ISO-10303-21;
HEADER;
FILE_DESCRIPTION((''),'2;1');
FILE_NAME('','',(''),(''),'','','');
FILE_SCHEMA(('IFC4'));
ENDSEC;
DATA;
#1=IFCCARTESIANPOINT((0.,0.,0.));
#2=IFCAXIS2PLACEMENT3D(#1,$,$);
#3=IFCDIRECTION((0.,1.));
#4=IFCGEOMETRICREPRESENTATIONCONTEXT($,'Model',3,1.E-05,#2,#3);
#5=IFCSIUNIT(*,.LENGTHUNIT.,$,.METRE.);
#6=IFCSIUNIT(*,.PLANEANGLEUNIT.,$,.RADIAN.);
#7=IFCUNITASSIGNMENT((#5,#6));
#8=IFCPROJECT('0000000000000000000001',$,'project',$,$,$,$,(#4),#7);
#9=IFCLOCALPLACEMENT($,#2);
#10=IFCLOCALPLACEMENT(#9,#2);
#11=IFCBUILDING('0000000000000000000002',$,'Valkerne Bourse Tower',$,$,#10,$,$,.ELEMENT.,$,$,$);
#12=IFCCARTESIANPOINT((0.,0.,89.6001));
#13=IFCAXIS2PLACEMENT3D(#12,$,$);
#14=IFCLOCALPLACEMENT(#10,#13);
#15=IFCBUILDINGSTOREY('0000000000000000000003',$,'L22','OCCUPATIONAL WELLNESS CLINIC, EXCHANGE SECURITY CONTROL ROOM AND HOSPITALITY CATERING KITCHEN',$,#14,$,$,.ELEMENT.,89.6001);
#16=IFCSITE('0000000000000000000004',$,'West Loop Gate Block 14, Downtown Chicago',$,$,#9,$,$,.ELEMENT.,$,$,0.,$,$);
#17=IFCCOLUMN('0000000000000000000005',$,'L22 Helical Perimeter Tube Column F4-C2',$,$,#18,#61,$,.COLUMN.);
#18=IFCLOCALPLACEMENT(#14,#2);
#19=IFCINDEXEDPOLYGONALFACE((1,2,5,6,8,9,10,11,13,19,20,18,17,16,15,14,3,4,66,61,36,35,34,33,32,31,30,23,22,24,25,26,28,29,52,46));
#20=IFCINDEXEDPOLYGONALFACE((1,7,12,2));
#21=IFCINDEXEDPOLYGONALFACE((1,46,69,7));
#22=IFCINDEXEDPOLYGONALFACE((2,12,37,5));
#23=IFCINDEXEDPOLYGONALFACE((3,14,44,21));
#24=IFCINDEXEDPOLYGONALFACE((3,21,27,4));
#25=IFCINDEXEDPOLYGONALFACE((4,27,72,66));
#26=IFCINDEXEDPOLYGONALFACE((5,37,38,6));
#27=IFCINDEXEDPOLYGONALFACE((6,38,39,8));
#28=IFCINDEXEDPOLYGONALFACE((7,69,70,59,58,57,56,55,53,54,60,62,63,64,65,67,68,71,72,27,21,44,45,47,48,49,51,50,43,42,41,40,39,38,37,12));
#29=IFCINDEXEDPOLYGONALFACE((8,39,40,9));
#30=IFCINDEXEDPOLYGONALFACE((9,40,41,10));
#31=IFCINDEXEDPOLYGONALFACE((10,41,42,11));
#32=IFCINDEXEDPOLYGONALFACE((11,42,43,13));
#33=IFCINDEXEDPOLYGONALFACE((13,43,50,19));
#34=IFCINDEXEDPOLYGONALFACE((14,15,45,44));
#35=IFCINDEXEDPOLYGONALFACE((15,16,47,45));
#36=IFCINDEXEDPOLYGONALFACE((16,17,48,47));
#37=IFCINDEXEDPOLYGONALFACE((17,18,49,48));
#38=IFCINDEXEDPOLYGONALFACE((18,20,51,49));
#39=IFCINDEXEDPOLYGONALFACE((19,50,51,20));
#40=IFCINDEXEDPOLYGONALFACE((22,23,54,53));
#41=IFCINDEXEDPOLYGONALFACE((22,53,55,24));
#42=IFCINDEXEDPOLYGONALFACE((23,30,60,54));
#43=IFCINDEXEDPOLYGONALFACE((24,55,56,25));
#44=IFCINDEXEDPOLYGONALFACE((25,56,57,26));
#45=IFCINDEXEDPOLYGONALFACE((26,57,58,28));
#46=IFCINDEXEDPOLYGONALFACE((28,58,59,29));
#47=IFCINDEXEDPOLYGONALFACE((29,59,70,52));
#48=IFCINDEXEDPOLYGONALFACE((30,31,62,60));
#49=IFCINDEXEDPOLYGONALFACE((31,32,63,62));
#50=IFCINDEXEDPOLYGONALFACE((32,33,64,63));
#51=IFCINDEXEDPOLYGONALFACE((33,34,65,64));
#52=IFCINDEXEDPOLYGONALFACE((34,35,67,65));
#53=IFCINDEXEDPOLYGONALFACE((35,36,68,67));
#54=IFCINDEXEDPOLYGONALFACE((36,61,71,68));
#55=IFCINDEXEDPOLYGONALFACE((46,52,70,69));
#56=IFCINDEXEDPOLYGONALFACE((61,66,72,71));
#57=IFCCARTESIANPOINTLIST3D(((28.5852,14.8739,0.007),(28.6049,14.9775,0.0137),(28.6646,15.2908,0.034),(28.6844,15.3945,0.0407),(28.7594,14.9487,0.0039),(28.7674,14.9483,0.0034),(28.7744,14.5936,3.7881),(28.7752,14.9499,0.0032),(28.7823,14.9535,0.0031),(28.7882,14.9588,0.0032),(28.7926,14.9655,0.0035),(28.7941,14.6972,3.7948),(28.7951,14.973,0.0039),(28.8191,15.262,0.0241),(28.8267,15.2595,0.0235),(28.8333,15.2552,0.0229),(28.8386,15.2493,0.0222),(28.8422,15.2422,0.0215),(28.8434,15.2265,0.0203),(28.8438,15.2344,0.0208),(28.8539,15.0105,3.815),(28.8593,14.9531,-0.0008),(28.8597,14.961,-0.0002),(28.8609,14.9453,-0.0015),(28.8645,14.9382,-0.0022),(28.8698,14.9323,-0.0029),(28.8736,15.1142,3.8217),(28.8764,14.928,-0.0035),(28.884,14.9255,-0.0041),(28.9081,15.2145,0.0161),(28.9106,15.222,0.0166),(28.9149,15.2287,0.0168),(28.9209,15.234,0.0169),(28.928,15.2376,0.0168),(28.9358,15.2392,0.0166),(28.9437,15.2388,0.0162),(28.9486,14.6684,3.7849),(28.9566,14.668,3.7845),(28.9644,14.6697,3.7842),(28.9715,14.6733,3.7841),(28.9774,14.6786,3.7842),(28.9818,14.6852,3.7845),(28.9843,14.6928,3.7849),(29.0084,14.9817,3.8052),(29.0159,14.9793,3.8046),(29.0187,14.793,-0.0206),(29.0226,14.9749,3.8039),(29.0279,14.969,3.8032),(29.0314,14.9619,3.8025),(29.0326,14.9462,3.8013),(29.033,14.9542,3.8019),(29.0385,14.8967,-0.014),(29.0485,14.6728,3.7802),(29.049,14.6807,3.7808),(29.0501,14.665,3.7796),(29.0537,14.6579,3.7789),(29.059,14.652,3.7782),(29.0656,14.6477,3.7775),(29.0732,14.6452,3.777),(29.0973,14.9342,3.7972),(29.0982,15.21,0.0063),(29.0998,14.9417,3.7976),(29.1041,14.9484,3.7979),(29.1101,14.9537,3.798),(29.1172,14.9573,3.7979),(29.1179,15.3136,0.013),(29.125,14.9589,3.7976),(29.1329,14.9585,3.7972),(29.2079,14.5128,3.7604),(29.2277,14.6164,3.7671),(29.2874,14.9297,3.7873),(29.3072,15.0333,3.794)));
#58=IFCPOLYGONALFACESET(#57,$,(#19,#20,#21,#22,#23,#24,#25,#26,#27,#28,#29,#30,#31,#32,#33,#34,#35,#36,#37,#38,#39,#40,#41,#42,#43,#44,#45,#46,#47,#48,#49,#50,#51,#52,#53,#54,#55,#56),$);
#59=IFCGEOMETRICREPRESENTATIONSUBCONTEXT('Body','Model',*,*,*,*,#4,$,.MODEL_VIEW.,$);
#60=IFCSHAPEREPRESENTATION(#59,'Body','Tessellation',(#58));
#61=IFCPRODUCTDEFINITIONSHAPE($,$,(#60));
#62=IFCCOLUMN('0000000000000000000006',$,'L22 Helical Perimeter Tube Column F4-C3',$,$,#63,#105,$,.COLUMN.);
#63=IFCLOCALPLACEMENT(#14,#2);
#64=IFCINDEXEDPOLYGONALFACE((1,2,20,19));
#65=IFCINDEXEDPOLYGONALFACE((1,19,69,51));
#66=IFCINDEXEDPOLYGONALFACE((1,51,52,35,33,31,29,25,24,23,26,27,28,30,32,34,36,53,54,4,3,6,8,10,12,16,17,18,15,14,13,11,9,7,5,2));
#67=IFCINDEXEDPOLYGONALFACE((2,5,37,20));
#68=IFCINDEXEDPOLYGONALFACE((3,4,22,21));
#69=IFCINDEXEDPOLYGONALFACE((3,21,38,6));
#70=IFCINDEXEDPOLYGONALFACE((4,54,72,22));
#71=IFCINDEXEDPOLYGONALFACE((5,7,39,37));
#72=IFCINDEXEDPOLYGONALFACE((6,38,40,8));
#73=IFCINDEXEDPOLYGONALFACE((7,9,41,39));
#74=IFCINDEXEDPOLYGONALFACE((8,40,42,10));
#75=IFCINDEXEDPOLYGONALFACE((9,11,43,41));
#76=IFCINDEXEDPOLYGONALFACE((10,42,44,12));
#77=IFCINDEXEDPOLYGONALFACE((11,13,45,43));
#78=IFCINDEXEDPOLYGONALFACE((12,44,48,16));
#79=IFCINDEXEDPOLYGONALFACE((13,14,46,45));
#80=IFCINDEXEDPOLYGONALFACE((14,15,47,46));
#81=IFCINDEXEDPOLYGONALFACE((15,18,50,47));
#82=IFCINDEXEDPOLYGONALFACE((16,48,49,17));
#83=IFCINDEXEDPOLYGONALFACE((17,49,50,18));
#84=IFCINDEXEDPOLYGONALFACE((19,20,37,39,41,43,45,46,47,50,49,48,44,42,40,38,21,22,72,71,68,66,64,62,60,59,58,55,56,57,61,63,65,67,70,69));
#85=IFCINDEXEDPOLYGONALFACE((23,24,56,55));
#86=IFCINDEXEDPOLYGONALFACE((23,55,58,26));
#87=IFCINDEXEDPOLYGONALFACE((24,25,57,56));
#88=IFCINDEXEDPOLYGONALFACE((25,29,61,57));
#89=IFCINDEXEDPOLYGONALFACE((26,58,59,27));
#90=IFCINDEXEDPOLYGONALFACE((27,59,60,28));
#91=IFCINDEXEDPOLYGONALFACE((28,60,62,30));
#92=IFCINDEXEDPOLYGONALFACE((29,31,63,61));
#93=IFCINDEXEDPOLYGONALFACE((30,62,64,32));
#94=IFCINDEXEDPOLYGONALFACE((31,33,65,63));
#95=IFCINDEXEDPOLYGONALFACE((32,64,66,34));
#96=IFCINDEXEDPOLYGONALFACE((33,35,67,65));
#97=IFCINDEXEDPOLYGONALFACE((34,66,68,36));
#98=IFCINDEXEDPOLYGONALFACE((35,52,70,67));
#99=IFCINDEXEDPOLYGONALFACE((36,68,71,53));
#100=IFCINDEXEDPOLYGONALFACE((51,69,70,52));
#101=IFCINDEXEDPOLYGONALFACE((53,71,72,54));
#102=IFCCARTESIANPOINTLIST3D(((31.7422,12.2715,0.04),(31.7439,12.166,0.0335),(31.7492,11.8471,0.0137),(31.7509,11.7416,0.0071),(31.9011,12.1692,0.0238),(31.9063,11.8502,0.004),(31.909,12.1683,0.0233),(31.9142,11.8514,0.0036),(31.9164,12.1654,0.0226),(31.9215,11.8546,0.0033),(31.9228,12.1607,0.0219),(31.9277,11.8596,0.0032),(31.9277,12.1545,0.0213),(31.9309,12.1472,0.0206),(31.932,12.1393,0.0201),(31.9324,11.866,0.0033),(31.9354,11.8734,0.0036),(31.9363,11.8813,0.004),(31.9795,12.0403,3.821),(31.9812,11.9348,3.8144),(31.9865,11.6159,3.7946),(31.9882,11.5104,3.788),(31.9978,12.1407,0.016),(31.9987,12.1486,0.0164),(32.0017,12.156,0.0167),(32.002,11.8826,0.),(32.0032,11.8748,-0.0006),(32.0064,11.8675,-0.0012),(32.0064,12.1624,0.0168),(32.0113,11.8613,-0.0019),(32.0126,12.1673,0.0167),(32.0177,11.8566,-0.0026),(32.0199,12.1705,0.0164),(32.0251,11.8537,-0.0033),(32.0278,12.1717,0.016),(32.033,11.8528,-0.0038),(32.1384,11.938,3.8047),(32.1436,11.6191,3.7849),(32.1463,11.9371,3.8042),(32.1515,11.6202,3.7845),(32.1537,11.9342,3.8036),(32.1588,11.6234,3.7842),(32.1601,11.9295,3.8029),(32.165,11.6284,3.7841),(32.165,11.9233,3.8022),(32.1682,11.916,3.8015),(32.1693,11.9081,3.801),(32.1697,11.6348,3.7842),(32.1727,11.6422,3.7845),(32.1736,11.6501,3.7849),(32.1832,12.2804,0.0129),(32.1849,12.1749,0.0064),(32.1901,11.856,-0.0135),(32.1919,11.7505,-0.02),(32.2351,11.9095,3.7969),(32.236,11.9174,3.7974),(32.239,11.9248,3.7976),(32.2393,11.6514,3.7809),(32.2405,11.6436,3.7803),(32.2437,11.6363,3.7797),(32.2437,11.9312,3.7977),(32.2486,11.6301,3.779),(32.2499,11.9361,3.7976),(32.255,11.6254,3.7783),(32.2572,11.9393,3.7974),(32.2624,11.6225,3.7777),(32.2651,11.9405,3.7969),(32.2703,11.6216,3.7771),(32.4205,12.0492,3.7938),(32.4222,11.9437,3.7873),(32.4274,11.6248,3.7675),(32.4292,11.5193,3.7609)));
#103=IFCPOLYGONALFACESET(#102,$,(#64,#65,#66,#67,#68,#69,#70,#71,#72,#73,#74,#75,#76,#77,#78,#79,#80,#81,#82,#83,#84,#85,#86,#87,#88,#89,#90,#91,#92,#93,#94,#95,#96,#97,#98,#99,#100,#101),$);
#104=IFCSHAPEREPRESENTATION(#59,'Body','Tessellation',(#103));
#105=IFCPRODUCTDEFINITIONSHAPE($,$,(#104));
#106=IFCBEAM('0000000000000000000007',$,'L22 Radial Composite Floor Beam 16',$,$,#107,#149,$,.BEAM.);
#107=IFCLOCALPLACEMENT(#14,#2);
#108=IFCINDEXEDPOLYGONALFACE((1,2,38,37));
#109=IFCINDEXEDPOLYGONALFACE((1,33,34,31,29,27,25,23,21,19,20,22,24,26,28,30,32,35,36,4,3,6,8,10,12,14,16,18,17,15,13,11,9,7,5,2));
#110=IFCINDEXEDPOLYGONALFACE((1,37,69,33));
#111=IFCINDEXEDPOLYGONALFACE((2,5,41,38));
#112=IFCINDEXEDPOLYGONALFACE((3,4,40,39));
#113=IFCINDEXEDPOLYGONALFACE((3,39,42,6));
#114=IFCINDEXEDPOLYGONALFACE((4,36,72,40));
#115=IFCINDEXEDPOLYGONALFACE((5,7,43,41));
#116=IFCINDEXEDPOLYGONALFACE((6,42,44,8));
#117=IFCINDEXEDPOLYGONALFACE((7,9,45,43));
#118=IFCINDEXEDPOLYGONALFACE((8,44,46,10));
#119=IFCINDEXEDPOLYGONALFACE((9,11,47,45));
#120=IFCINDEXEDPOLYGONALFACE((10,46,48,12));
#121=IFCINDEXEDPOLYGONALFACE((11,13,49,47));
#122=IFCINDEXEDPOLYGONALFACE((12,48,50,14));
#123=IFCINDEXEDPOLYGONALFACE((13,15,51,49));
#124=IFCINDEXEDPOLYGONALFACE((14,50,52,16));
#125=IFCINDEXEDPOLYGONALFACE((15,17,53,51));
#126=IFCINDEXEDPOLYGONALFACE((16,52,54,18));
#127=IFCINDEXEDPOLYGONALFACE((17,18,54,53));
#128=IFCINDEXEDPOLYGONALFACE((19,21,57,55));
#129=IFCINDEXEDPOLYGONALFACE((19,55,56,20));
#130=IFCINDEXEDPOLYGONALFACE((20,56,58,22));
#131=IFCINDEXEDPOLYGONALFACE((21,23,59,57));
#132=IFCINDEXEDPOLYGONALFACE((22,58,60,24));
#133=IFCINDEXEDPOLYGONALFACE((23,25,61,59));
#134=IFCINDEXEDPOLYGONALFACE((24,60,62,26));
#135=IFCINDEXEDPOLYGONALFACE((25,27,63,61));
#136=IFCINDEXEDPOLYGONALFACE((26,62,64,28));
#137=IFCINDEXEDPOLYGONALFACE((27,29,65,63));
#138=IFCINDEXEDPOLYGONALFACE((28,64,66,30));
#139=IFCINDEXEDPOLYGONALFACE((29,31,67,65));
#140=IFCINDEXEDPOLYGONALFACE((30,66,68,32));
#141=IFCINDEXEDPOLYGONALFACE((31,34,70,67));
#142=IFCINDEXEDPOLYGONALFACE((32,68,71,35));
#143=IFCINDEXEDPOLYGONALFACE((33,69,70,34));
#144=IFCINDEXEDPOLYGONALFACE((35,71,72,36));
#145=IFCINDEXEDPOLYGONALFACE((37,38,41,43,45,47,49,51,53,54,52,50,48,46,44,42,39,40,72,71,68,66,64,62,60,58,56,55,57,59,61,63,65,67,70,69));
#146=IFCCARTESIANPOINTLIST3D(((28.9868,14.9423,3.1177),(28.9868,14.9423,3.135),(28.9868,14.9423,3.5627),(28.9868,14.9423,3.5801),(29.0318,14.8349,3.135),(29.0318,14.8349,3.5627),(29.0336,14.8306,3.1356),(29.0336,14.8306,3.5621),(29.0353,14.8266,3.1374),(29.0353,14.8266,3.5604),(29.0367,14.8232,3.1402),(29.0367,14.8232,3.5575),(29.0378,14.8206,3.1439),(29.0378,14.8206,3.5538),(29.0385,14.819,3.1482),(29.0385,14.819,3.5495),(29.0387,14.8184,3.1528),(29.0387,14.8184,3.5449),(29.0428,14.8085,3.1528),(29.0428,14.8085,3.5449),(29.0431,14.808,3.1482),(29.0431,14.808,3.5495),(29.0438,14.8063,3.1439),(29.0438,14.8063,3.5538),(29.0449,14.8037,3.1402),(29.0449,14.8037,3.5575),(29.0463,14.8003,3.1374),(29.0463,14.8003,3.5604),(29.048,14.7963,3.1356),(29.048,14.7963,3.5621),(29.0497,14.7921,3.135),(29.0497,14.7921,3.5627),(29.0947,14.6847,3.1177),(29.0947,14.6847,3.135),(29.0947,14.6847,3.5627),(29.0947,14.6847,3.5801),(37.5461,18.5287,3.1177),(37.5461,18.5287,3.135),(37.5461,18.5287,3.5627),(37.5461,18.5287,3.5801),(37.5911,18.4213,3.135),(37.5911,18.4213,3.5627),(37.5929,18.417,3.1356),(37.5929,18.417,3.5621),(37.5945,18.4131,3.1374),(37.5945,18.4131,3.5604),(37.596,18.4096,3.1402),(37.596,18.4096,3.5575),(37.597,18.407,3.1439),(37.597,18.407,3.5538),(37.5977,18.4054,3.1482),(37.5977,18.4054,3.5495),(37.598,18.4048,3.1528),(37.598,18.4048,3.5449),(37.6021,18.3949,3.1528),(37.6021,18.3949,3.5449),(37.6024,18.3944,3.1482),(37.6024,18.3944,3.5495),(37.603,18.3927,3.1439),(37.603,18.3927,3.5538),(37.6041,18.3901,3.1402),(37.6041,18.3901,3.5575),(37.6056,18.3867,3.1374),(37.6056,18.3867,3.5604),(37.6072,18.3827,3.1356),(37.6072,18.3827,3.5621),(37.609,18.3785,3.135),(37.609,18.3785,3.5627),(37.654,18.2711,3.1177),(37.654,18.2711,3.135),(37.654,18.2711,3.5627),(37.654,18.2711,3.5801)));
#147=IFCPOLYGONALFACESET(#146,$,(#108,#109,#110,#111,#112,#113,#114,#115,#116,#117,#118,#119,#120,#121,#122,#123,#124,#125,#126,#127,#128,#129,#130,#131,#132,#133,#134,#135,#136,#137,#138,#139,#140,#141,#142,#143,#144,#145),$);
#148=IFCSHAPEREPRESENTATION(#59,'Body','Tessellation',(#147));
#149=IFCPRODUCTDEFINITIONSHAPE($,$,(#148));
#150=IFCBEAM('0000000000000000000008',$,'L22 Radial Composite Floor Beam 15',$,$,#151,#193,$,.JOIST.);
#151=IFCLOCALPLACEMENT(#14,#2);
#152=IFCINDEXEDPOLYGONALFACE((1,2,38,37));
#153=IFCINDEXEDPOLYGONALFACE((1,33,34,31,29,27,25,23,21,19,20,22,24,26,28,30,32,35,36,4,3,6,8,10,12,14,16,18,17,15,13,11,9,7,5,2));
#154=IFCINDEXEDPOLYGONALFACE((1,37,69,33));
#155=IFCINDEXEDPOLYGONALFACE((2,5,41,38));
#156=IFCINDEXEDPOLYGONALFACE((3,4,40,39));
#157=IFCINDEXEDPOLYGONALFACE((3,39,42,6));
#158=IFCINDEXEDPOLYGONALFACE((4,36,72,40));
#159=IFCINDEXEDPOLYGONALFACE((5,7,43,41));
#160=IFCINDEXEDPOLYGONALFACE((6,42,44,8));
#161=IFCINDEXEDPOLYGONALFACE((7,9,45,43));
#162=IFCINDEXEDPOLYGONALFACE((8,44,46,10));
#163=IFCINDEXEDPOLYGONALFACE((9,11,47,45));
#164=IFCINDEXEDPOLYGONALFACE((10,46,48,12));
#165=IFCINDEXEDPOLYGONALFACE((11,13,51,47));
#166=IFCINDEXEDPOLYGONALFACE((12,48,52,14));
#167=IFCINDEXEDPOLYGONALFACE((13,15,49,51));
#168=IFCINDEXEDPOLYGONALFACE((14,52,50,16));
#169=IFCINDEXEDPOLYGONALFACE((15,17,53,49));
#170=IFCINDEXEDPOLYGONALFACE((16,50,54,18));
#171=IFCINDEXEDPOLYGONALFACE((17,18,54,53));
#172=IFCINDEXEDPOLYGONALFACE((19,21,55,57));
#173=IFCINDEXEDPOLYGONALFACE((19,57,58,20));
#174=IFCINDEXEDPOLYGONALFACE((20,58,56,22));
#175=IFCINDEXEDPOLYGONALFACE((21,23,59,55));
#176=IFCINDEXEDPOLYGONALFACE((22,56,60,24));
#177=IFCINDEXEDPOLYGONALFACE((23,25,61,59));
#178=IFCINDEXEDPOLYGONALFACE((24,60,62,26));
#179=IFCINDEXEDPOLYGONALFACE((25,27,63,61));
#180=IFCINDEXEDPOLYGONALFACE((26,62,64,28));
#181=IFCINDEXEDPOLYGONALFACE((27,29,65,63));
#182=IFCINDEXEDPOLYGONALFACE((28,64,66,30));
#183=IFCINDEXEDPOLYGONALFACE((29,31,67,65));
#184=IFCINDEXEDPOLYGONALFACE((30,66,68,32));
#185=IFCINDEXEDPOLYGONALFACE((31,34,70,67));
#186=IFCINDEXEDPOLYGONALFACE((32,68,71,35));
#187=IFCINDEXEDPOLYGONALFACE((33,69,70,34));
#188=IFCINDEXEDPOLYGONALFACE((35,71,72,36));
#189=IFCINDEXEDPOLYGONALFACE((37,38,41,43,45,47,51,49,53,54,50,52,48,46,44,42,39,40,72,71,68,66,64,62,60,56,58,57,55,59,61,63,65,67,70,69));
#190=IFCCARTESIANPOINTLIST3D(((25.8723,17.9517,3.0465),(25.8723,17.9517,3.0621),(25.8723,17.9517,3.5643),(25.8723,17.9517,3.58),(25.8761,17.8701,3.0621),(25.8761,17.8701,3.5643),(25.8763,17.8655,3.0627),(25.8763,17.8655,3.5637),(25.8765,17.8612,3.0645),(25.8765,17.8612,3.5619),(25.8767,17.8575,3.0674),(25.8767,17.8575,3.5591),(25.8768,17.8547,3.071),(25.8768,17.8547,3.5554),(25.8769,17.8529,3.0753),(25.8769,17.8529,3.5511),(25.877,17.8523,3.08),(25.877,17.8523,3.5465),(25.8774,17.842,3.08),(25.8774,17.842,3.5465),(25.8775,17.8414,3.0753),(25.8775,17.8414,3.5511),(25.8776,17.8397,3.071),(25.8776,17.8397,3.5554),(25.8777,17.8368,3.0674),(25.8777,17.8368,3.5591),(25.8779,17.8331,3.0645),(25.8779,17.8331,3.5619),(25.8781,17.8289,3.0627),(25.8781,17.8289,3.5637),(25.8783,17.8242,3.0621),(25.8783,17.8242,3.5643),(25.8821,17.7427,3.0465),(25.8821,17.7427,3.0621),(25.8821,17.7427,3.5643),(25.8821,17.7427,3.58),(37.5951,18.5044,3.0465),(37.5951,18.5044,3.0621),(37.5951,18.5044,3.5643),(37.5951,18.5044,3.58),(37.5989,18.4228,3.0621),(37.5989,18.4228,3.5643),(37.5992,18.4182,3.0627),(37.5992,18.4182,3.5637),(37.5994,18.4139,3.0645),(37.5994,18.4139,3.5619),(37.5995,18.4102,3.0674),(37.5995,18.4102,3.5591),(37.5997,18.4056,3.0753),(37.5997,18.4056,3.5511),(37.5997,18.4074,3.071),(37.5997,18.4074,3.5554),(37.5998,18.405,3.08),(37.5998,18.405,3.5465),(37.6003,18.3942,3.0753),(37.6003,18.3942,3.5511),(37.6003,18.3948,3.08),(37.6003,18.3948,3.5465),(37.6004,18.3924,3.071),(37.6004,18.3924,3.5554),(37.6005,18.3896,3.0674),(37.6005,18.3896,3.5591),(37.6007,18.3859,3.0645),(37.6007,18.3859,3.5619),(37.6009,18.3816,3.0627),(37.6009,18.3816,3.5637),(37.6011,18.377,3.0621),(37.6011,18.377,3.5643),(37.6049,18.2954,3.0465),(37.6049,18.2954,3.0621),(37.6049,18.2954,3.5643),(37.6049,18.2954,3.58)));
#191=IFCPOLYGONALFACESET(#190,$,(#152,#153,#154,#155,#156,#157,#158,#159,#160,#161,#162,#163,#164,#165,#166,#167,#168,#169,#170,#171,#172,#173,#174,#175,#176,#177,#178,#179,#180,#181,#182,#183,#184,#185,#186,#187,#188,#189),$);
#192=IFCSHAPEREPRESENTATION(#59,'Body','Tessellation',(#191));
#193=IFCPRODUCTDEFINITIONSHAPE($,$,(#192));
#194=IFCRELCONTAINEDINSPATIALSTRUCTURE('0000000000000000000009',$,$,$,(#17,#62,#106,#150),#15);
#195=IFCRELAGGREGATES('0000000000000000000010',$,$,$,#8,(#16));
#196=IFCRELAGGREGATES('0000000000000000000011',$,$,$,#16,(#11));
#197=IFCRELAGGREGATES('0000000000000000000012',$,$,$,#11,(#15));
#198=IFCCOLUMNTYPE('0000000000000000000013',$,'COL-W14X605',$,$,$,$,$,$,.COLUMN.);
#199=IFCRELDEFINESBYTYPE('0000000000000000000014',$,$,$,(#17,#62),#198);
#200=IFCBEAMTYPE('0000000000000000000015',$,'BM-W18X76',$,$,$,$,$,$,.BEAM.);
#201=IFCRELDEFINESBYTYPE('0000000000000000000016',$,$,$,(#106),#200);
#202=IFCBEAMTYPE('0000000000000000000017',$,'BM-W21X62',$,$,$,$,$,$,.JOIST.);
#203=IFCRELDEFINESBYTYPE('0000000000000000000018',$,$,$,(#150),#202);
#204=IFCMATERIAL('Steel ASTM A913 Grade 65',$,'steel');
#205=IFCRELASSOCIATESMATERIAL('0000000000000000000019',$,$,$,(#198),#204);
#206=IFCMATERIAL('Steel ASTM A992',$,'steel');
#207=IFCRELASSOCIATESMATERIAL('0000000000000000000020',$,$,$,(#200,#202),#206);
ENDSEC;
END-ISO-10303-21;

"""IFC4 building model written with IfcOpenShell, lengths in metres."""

from ifc_helpers import new_model, si_unit, direction, frame, origin, origin_2d, place, context, subcontext, project, spatial, i_section, extrude, material, material_profile, profile_set, type_object, element, save


model = new_model("IFC4")

# Units and contexts
model_context = context("Model", 3, precision=1e-05, world=origin(), true_north=direction((0.0, 1.0)))
body_context = subcontext(model_context, "Body", "Model", "MODEL_VIEW")
ifc_project = project(units=[si_unit("LENGTHUNIT", "METRE"), si_unit("PLANEANGLEUNIT", "RADIAN")], contexts=[model_context])

# Site, building, storey
site_placement = place(None, origin())
site = spatial("IfcSite", under=ifc_project, at=site_placement, Name="West Loop Gate Block 14, Downtown Chicago", CompositionType="ELEMENT", RefElevation=0.0)
building_placement = place(site_placement, origin())
building = spatial("IfcBuilding", under=site, at=building_placement, Name="Valkerne Bourse Tower", CompositionType="ELEMENT")
storey_placement = place(building_placement, frame((0.0, 0.0, 89.6001)))
storey = spatial("IfcBuildingStorey", under=building, at=storey_placement, Name="L22", Description="OCCUPATIONAL WELLNESS CLINIC, EXCHANGE SECURITY CONTROL ROOM AND HOSPITALITY CATERING KITCHEN", CompositionType="ELEMENT", Elevation=89.6001)

# Columns
ifc_material_1 = material(Name="Steel ASTM A913 Grade 65", Category="steel")
ifc_material_profile_1 = material_profile(ifc_material_1, i_section(OverallWidth=0.4419, OverallDepth=0.531, WebThickness=0.0659, FlangeThickness=0.1057, FilletRadius=0.0305, at=origin_2d()), Name="W14X605")
ifc_profile_set_1 = profile_set([ifc_material_profile_1], Name="Steel ASTM A913 Grade 65")
column_type = type_object("IfcColumnType", Name="COL-W14X605", PredefinedType="COLUMN", material=ifc_profile_set_1)
column_1_placement = place(storey_placement, frame((28.8516, 15.0938, 0.01), z_axis=(0.049843, -0.073832, 0.996024), x_axis=(0.981122, -0.182958, -0.062659)))
element("IfcColumn", 1, at=column_1_placement, inside=storey, type_object=column_type, Name="L22 Helical Perimeter Tube Column F4-C2", PredefinedType="COLUMN", context=body_context, shape_type="SweptSolid", body=[
    extrude(i_section(OverallWidth=0.4419, OverallDepth=0.531, WebThickness=0.0659, FlangeThickness=0.1057, FilletRadius=0.0305, at=origin_2d()), origin(), (0.0, 0.0, 1.0), 3.7961),
])
column_2_placement = place(storey_placement, frame((31.967, 12.011, 0.01), z_axis=(0.062523, -0.060915, 0.996183), x_axis=(0.99791, 0.020136, -0.0614)))
element("IfcColumn", 2, at=column_2_placement, inside=storey, type_object=column_type, Name="L22 Helical Perimeter Tube Column F4-C3", PredefinedType="COLUMN", context=body_context, shape_type="SweptSolid", body=[
    extrude(i_section(OverallWidth=0.4419, OverallDepth=0.531, WebThickness=0.0659, FlangeThickness=0.1057, FilletRadius=0.0305, at=origin_2d()), origin(), (0.0, 0.0, 1.0), 3.7954),
])

# Beams
ifc_material_2 = material(Name="Steel ASTM A992", Category="steel")
ifc_material_profile_2 = material_profile(ifc_material_2, i_section(OverallWidth=0.2793, OverallDepth=0.4624, WebThickness=0.0107, FlangeThickness=0.0173, FilletRadius=0.0178, at=origin_2d()), Name="W18X76")
ifc_profile_set_2 = profile_set([ifc_material_profile_2], Name="Steel ASTM A992")
beam_type_1 = type_object("IfcBeamType", Name="BM-W18X76", PredefinedType="BEAM", material=ifc_profile_set_2)
beam_1_placement = place(storey_placement, frame((29.0408, 14.8135, 3.3489), z_axis=(0.922308, 0.386455, 0.0), x_axis=(-0.386455, 0.922308, 0.0)))
element("IfcBeam", 3, at=beam_1_placement, inside=storey, type_object=beam_type_1, Name="L22 Radial Composite Floor Beam 16", PredefinedType="BEAM", context=body_context, shape_type="SweptSolid", body=[
    extrude(i_section(OverallWidth=0.2793, OverallDepth=0.4624, WebThickness=0.0107, FlangeThickness=0.0173, FilletRadius=0.0178, at=origin_2d()), origin(), (0.0, 0.0, 1.0), 9.2803),
])
ifc_material_profile_3 = material_profile(ifc_material_2, i_section(OverallWidth=0.2092, OverallDepth=0.5334, WebThickness=0.0103, FlangeThickness=0.0156, FilletRadius=0.0178, at=origin_2d()), Name="W21X62")
ifc_profile_set_3 = profile_set([ifc_material_profile_3], Name="Steel ASTM A992")
beam_type_2 = type_object("IfcBeamType", Name="BM-W21X62", PredefinedType="JOIST", material=ifc_profile_set_3)
beam_2_placement = place(storey_placement, frame((25.8772, 17.8472, 3.3132), z_axis=(0.99889, 0.047098, 0.0), x_axis=(-0.047098, 0.99889, 0.0)))
element("IfcBeam", 4, at=beam_2_placement, inside=storey, type_object=beam_type_2, Name="L22 Radial Composite Floor Beam 15", PredefinedType="JOIST", context=body_context, shape_type="SweptSolid", body=[
    extrude(i_section(OverallWidth=0.2092, OverallDepth=0.5334, WebThickness=0.0103, FlangeThickness=0.0156, FilletRadius=0.0178, at=origin_2d()), origin(), (0.0, 0.0, 1.0), 11.7358),
])

save(model, "model.ifc")
